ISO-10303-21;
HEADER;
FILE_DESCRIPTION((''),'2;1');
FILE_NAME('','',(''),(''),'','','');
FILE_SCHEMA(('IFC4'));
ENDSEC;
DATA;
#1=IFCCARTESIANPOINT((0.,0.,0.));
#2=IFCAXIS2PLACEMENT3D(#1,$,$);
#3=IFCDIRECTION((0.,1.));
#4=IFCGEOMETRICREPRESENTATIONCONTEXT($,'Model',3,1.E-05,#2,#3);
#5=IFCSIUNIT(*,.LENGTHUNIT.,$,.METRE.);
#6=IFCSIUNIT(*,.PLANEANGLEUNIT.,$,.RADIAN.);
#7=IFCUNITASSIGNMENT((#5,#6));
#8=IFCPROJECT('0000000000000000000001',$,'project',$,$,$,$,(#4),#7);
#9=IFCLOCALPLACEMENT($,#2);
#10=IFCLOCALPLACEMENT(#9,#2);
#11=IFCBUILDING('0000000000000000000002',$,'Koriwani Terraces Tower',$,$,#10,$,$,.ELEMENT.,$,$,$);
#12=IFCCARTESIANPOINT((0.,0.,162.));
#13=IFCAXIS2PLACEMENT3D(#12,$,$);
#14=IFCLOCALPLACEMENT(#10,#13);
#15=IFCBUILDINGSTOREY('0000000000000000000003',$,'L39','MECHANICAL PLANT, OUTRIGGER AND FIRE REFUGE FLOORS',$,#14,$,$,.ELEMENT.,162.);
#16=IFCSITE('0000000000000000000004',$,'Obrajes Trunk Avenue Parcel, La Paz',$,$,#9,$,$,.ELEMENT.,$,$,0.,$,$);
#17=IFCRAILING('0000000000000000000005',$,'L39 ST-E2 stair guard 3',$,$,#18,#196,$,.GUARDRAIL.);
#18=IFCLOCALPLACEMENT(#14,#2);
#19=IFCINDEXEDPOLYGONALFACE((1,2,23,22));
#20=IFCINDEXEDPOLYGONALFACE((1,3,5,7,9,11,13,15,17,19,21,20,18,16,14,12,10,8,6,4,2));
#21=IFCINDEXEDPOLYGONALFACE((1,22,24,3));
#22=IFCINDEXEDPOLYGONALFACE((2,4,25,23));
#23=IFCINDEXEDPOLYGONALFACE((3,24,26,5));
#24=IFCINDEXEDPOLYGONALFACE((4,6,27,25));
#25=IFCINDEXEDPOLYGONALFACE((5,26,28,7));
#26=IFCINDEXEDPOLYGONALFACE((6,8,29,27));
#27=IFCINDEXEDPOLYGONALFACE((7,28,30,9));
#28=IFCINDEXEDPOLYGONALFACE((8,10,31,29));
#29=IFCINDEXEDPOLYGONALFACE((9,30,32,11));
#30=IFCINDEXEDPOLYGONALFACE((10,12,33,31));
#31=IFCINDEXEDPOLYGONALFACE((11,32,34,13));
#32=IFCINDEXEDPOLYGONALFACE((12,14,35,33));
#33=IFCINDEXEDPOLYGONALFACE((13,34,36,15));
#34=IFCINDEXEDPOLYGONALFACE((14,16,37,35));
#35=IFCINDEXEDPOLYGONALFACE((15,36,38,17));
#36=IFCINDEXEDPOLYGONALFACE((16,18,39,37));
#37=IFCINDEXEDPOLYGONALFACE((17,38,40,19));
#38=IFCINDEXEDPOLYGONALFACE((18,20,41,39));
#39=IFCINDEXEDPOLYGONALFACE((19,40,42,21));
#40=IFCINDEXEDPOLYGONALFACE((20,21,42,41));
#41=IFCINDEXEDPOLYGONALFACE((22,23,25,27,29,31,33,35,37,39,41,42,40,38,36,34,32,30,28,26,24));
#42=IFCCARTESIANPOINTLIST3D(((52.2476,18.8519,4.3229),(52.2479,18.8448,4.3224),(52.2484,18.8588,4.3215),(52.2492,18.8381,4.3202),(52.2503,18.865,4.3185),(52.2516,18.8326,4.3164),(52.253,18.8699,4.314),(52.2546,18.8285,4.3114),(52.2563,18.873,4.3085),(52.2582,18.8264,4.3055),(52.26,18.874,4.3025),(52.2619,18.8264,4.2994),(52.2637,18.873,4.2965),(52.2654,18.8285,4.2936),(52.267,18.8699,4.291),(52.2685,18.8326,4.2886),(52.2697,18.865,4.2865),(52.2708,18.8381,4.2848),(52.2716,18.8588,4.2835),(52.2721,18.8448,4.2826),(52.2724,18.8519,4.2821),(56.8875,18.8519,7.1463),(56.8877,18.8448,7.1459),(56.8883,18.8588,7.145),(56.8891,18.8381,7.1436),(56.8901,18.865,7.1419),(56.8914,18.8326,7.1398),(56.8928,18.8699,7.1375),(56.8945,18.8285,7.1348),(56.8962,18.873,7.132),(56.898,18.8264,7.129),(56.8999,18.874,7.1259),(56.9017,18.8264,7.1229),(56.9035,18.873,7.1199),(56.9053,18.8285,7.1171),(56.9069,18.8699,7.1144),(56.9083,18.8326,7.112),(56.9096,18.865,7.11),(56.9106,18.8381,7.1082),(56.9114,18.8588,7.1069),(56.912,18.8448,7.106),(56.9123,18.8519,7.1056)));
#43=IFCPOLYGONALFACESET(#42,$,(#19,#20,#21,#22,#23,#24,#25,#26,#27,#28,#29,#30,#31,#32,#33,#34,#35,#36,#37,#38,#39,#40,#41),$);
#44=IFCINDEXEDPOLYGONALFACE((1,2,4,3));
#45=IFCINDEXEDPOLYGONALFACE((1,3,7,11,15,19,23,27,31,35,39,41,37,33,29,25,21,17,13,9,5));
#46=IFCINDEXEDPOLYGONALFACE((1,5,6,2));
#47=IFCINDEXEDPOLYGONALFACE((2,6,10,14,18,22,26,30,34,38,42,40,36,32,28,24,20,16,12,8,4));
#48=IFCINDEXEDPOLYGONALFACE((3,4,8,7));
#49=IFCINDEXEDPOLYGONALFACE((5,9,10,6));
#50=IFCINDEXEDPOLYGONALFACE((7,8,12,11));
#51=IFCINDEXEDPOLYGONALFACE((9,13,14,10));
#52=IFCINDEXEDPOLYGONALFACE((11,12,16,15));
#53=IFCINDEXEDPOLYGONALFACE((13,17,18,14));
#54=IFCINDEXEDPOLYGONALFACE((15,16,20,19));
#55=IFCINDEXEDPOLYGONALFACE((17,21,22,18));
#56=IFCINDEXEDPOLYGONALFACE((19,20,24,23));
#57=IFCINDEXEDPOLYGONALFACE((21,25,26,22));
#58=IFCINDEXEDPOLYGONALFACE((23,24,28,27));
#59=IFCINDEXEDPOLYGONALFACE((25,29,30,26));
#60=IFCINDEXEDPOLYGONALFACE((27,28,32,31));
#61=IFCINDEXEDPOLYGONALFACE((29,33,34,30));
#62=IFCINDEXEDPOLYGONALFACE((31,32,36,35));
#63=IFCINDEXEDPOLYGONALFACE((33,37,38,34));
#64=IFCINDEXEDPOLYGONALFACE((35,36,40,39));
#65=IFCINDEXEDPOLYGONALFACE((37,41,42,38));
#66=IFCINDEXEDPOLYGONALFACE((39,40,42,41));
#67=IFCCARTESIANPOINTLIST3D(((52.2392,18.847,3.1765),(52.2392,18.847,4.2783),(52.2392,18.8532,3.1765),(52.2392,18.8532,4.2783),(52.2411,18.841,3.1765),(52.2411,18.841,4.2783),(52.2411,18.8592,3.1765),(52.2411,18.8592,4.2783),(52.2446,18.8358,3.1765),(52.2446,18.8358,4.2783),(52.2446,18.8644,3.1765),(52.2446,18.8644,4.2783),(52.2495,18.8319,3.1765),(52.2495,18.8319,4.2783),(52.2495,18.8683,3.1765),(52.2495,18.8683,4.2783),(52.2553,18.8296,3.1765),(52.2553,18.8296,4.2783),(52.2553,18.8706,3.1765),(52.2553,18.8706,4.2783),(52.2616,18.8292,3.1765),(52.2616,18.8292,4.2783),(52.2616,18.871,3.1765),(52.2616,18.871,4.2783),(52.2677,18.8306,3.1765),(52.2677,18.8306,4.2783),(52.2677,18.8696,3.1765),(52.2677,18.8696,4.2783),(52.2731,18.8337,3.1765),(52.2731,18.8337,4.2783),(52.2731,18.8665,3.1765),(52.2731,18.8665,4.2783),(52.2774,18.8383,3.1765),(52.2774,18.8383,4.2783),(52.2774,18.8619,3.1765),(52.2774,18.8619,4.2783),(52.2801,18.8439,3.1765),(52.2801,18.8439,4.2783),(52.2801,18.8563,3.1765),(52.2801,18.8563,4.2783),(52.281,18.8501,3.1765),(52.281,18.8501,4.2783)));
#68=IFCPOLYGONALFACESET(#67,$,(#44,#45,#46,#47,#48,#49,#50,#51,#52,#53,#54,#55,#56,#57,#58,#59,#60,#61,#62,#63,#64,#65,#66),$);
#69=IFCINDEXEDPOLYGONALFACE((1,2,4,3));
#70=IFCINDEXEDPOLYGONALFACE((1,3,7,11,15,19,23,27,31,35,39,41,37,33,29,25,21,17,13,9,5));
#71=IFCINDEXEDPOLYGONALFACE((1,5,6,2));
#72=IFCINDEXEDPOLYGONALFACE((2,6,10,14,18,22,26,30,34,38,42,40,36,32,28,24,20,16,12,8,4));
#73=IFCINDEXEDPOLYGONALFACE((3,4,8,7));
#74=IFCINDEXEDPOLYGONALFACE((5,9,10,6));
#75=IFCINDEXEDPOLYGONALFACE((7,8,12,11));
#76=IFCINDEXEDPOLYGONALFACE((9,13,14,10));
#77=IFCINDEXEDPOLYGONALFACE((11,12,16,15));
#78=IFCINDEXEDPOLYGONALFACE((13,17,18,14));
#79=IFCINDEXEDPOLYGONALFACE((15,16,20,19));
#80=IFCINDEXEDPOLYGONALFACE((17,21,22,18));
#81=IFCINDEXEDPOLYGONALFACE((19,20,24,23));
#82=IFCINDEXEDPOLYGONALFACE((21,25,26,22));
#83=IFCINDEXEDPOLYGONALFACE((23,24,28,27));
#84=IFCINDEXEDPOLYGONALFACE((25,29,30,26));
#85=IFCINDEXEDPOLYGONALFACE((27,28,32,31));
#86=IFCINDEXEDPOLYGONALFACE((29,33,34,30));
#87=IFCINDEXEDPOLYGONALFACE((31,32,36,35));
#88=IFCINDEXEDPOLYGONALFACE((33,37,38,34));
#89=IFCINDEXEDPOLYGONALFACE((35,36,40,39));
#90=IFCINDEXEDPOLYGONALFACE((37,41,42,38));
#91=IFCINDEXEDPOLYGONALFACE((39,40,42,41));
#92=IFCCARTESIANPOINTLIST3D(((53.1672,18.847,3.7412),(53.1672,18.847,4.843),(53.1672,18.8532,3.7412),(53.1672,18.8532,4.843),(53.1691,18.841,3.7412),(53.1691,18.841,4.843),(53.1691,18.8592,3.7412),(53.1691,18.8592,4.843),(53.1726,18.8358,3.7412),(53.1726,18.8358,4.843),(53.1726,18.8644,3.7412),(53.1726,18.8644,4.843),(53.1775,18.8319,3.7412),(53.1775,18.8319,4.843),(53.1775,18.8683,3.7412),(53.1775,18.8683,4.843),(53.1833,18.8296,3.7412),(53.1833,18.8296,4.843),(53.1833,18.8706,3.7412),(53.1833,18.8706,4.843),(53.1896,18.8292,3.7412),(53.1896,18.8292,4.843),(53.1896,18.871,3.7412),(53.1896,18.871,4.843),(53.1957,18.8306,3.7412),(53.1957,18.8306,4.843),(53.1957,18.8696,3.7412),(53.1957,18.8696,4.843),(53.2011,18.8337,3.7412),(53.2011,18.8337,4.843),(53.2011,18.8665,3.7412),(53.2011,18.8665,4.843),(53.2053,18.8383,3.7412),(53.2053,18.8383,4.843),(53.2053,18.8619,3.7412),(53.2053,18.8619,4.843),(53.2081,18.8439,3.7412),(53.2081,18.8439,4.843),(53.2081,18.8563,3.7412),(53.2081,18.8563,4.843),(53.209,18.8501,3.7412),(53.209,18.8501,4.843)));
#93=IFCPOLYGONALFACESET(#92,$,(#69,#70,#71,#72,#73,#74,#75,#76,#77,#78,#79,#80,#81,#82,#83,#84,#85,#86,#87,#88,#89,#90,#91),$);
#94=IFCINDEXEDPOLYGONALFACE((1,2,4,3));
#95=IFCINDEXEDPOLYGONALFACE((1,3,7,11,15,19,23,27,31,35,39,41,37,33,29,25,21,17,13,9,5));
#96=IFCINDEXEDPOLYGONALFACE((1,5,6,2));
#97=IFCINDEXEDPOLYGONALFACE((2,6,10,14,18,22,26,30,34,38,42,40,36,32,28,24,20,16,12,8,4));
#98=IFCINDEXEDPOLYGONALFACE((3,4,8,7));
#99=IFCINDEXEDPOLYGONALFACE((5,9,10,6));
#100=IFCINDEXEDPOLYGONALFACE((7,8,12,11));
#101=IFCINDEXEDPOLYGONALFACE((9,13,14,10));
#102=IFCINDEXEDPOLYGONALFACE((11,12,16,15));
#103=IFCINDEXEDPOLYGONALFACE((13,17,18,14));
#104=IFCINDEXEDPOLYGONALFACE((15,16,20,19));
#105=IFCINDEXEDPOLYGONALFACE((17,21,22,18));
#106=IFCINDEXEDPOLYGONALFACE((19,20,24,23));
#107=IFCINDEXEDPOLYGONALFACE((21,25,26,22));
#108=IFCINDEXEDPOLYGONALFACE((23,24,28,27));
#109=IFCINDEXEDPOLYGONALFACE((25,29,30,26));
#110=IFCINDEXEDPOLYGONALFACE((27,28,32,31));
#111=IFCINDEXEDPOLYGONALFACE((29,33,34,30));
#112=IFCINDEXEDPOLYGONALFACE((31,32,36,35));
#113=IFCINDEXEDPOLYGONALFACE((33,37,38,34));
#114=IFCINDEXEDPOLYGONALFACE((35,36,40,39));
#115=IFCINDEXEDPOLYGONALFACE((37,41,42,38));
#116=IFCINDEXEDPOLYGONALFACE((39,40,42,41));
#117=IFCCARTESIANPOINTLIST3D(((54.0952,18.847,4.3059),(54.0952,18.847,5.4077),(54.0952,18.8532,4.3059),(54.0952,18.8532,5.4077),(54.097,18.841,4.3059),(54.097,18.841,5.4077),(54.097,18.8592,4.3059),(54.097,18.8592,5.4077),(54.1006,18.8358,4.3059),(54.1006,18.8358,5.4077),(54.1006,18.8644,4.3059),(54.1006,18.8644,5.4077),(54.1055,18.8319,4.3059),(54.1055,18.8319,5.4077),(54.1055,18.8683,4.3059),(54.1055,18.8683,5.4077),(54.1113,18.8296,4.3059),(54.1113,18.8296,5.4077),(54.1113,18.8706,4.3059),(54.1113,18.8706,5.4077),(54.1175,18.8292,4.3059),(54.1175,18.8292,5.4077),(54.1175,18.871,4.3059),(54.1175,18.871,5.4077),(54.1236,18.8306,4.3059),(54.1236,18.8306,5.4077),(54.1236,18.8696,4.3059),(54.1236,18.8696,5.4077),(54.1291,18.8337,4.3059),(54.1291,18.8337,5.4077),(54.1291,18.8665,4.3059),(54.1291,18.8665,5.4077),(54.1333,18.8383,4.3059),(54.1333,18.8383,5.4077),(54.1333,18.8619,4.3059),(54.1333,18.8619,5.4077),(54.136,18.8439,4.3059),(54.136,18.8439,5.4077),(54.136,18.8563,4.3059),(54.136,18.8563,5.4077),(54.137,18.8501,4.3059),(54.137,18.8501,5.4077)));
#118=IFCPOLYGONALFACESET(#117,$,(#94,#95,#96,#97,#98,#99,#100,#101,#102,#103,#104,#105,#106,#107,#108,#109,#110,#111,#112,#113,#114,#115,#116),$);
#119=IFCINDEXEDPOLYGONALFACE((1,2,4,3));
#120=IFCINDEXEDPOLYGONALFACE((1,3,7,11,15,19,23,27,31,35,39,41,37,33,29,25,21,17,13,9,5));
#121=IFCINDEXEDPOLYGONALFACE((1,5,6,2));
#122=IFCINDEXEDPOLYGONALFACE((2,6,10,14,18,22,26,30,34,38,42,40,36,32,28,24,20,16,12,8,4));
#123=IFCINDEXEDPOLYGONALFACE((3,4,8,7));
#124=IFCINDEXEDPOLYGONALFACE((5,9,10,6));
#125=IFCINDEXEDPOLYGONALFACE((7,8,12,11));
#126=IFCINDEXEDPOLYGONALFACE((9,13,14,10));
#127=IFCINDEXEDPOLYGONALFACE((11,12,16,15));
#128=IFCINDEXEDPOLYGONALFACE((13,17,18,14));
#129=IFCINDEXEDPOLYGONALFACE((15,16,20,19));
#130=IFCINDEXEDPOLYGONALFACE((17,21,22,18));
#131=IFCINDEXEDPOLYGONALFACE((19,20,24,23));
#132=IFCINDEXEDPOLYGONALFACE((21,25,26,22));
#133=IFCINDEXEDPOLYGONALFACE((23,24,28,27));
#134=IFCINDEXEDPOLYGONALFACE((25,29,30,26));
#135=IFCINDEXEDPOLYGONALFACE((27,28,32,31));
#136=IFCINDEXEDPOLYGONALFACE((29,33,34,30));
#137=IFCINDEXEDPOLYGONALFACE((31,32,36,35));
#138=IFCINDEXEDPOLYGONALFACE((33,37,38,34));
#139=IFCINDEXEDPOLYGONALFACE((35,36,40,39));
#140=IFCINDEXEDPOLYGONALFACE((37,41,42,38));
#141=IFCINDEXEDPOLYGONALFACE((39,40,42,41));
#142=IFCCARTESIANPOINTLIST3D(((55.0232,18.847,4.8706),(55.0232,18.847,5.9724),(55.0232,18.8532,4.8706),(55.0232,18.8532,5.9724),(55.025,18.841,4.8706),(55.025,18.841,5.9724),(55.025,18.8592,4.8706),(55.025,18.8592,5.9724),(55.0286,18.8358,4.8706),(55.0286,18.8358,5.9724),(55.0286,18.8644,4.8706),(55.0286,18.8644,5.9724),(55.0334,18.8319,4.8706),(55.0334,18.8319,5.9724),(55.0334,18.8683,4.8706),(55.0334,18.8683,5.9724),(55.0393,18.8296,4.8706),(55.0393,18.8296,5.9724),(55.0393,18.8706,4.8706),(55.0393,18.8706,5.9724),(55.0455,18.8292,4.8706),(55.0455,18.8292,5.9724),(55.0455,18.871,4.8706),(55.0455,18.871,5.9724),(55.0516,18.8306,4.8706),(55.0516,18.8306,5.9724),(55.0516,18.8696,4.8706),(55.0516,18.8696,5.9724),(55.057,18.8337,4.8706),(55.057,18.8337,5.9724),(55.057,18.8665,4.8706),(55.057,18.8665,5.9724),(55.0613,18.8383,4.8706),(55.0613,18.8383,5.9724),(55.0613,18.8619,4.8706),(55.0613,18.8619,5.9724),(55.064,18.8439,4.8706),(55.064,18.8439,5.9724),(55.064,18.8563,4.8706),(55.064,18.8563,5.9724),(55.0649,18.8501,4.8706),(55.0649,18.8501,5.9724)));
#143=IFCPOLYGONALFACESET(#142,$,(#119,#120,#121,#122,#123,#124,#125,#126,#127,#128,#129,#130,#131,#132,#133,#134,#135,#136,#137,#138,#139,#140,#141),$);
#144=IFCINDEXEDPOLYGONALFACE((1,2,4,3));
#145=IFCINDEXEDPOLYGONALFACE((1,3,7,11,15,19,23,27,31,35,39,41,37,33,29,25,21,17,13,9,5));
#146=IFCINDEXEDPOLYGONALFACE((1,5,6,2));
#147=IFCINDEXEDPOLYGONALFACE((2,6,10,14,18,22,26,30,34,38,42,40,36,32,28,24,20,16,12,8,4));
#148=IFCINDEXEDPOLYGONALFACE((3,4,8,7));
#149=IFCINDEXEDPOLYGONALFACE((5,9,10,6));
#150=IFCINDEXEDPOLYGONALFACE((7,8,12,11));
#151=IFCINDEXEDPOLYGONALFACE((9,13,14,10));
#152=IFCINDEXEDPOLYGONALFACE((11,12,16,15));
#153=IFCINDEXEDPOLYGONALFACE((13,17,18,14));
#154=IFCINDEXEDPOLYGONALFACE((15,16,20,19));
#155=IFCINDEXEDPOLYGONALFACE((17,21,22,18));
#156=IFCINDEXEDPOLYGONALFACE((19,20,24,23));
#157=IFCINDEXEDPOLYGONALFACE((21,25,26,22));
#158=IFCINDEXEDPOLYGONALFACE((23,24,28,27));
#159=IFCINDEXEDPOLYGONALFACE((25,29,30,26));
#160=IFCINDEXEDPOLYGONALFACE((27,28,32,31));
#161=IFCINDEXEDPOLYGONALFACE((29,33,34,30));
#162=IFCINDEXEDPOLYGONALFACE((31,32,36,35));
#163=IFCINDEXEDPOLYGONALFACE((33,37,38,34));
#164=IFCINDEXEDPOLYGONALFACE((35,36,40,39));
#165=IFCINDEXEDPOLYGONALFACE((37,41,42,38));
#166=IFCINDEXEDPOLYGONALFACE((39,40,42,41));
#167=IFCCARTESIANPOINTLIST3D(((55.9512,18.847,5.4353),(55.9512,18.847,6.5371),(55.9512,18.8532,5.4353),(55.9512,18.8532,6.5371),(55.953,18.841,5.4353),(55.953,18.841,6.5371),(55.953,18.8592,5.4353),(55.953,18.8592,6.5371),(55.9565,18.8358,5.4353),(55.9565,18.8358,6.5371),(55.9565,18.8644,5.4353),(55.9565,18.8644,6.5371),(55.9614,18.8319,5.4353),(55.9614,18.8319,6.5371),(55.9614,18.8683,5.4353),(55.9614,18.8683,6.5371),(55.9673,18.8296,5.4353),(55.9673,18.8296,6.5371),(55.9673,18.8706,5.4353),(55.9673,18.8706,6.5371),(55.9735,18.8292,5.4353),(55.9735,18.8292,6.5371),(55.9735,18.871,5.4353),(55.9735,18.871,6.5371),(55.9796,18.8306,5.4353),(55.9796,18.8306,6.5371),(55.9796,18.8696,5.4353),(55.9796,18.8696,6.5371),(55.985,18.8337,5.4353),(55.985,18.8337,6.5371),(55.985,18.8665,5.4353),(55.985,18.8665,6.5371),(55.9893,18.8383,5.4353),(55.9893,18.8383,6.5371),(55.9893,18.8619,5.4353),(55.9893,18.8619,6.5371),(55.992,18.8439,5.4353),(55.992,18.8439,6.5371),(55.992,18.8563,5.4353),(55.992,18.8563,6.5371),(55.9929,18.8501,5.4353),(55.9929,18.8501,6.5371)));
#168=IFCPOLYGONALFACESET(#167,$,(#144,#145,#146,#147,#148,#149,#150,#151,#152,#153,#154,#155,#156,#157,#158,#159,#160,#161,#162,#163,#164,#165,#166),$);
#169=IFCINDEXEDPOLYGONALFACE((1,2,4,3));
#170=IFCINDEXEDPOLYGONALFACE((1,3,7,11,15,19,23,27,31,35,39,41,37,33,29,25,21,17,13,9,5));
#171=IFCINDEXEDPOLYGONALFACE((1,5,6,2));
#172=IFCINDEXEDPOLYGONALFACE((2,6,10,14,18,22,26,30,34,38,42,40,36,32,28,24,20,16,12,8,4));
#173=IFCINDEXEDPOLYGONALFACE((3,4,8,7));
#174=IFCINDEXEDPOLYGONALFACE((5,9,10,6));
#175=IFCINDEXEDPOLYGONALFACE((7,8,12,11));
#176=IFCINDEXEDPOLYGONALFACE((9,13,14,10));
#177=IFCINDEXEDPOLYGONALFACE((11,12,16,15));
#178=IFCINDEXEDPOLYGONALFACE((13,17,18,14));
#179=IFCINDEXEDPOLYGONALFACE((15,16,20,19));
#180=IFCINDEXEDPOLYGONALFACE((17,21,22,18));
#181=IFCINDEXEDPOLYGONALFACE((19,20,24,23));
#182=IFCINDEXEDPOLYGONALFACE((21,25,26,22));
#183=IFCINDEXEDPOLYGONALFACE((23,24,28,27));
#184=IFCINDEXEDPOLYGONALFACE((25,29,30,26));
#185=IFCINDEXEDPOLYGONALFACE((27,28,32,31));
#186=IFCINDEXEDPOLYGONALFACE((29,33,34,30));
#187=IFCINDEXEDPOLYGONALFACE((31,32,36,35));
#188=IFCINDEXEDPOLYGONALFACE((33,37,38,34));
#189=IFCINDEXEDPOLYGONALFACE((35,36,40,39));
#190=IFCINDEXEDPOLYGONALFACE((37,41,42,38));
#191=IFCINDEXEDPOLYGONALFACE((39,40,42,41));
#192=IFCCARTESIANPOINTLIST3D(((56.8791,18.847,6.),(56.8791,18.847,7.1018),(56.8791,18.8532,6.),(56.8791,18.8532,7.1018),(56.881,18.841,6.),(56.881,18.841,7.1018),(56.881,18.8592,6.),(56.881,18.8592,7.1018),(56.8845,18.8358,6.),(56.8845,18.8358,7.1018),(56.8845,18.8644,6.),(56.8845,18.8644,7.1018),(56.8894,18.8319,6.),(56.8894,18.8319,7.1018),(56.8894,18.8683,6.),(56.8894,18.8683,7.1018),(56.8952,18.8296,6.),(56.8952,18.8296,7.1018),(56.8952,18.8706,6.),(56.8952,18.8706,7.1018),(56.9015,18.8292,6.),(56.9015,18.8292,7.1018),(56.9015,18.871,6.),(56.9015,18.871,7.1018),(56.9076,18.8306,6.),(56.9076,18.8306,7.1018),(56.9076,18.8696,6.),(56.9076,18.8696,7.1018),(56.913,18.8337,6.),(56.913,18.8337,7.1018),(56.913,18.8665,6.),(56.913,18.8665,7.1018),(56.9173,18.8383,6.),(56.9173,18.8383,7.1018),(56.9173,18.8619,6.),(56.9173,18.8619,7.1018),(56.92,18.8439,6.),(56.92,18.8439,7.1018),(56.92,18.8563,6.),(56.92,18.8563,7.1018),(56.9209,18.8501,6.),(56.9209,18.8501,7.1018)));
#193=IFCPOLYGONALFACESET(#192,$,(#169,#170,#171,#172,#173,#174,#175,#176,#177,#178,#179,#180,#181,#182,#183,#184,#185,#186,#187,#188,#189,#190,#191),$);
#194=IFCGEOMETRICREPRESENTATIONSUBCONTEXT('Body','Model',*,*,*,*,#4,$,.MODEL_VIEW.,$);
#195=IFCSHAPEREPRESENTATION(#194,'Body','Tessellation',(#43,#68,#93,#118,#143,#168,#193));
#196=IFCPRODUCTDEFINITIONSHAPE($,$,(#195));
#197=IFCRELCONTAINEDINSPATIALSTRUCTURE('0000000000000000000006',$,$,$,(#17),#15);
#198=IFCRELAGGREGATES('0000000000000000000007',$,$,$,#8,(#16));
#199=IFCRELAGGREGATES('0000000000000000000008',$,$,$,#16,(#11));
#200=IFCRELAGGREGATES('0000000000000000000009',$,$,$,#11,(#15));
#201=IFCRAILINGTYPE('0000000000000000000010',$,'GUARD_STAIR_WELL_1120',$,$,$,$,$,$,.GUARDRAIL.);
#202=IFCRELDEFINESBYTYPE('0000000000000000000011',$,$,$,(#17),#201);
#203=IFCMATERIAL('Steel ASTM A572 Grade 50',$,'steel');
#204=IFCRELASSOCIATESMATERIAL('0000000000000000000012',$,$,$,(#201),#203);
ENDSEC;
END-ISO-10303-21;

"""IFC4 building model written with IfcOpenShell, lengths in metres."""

from ifc_helpers import new_model, si_unit, direction, frame, origin, origin_2d, place, context, subcontext, project, spatial, circle, extrude, material, type_object, element, save


model = new_model("IFC4")

# Units and contexts
model_context = context("Model", 3, precision=1e-05, world=origin(), true_north=direction((0.0, 1.0)))
body_context = subcontext(model_context, "Body", "Model", "MODEL_VIEW")
ifc_project = project(units=[si_unit("LENGTHUNIT", "METRE"), si_unit("PLANEANGLEUNIT", "RADIAN")], contexts=[model_context])

# Site, building, storey
site_placement = place(None, origin())
site = spatial("IfcSite", under=ifc_project, at=site_placement, Name="Obrajes Trunk Avenue Parcel, La Paz", CompositionType="ELEMENT", RefElevation=0.0)
building_placement = place(site_placement, origin())
building = spatial("IfcBuilding", under=site, at=building_placement, Name="Koriwani Terraces Tower", CompositionType="ELEMENT")
storey_placement = place(building_placement, frame((0.0, 0.0, 162.0)))
storey = spatial("IfcBuildingStorey", under=building, at=storey_placement, Name="L39", Description="MECHANICAL PLANT, OUTRIGGER AND FIRE REFUGE FLOORS", CompositionType="ELEMENT", Elevation=162.0)

# Shared definitions
ifc_material_1 = material(Name="Steel ASTM A572 Grade 50", Category="steel")

# Railing
railing_type_1 = type_object("IfcRailingType", Name="GUARD_STAIR_WELL_1120", PredefinedType="GUARDRAIL", material=ifc_material_1)
railing_1_placement = place(storey_placement, frame((52.26, 18.8501, 3.1765)))
element("IfcRailing", 1, at=railing_1_placement, inside=storey, type_object=railing_type_1, Name="L39 ST-E2 stair guard 3", PredefinedType="GUARDRAIL", context=body_context, shape_type="SweptSolid", body=[
    extrude(circle(Radius=0.0239, at=origin_2d()), frame((0.0, 0.0, 1.126), z_axis=(0.854264, 0.0, 0.51984), x_axis=(0.0, 1.0, 0.0)), (0.0, 0.0, 1.0), 5.4314),
    extrude(circle(Radius=0.021, at=origin_2d()), origin(), (0.0, 0.0, 1.0), 1.1018),
    extrude(circle(Radius=0.021, at=origin_2d()), frame((0.928, 0.0, 0.5647)), (0.0, 0.0, 1.0), 1.1018),
    extrude(circle(Radius=0.021, at=origin_2d()), frame((1.856, 0.0, 1.1294)), (0.0, 0.0, 1.0), 1.1018),
    extrude(circle(Radius=0.021, at=origin_2d()), frame((2.7839, 0.0, 1.6941)), (0.0, 0.0, 1.0), 1.1018),
    extrude(circle(Radius=0.021, at=origin_2d()), frame((3.7119, 0.0, 2.2588)), (0.0, 0.0, 1.0), 1.1018),
    extrude(circle(Radius=0.021, at=origin_2d()), frame((4.6399, 0.0, 2.8235)), (0.0, 0.0, 1.0), 1.1018),
])

save(model, "model.ifc")
